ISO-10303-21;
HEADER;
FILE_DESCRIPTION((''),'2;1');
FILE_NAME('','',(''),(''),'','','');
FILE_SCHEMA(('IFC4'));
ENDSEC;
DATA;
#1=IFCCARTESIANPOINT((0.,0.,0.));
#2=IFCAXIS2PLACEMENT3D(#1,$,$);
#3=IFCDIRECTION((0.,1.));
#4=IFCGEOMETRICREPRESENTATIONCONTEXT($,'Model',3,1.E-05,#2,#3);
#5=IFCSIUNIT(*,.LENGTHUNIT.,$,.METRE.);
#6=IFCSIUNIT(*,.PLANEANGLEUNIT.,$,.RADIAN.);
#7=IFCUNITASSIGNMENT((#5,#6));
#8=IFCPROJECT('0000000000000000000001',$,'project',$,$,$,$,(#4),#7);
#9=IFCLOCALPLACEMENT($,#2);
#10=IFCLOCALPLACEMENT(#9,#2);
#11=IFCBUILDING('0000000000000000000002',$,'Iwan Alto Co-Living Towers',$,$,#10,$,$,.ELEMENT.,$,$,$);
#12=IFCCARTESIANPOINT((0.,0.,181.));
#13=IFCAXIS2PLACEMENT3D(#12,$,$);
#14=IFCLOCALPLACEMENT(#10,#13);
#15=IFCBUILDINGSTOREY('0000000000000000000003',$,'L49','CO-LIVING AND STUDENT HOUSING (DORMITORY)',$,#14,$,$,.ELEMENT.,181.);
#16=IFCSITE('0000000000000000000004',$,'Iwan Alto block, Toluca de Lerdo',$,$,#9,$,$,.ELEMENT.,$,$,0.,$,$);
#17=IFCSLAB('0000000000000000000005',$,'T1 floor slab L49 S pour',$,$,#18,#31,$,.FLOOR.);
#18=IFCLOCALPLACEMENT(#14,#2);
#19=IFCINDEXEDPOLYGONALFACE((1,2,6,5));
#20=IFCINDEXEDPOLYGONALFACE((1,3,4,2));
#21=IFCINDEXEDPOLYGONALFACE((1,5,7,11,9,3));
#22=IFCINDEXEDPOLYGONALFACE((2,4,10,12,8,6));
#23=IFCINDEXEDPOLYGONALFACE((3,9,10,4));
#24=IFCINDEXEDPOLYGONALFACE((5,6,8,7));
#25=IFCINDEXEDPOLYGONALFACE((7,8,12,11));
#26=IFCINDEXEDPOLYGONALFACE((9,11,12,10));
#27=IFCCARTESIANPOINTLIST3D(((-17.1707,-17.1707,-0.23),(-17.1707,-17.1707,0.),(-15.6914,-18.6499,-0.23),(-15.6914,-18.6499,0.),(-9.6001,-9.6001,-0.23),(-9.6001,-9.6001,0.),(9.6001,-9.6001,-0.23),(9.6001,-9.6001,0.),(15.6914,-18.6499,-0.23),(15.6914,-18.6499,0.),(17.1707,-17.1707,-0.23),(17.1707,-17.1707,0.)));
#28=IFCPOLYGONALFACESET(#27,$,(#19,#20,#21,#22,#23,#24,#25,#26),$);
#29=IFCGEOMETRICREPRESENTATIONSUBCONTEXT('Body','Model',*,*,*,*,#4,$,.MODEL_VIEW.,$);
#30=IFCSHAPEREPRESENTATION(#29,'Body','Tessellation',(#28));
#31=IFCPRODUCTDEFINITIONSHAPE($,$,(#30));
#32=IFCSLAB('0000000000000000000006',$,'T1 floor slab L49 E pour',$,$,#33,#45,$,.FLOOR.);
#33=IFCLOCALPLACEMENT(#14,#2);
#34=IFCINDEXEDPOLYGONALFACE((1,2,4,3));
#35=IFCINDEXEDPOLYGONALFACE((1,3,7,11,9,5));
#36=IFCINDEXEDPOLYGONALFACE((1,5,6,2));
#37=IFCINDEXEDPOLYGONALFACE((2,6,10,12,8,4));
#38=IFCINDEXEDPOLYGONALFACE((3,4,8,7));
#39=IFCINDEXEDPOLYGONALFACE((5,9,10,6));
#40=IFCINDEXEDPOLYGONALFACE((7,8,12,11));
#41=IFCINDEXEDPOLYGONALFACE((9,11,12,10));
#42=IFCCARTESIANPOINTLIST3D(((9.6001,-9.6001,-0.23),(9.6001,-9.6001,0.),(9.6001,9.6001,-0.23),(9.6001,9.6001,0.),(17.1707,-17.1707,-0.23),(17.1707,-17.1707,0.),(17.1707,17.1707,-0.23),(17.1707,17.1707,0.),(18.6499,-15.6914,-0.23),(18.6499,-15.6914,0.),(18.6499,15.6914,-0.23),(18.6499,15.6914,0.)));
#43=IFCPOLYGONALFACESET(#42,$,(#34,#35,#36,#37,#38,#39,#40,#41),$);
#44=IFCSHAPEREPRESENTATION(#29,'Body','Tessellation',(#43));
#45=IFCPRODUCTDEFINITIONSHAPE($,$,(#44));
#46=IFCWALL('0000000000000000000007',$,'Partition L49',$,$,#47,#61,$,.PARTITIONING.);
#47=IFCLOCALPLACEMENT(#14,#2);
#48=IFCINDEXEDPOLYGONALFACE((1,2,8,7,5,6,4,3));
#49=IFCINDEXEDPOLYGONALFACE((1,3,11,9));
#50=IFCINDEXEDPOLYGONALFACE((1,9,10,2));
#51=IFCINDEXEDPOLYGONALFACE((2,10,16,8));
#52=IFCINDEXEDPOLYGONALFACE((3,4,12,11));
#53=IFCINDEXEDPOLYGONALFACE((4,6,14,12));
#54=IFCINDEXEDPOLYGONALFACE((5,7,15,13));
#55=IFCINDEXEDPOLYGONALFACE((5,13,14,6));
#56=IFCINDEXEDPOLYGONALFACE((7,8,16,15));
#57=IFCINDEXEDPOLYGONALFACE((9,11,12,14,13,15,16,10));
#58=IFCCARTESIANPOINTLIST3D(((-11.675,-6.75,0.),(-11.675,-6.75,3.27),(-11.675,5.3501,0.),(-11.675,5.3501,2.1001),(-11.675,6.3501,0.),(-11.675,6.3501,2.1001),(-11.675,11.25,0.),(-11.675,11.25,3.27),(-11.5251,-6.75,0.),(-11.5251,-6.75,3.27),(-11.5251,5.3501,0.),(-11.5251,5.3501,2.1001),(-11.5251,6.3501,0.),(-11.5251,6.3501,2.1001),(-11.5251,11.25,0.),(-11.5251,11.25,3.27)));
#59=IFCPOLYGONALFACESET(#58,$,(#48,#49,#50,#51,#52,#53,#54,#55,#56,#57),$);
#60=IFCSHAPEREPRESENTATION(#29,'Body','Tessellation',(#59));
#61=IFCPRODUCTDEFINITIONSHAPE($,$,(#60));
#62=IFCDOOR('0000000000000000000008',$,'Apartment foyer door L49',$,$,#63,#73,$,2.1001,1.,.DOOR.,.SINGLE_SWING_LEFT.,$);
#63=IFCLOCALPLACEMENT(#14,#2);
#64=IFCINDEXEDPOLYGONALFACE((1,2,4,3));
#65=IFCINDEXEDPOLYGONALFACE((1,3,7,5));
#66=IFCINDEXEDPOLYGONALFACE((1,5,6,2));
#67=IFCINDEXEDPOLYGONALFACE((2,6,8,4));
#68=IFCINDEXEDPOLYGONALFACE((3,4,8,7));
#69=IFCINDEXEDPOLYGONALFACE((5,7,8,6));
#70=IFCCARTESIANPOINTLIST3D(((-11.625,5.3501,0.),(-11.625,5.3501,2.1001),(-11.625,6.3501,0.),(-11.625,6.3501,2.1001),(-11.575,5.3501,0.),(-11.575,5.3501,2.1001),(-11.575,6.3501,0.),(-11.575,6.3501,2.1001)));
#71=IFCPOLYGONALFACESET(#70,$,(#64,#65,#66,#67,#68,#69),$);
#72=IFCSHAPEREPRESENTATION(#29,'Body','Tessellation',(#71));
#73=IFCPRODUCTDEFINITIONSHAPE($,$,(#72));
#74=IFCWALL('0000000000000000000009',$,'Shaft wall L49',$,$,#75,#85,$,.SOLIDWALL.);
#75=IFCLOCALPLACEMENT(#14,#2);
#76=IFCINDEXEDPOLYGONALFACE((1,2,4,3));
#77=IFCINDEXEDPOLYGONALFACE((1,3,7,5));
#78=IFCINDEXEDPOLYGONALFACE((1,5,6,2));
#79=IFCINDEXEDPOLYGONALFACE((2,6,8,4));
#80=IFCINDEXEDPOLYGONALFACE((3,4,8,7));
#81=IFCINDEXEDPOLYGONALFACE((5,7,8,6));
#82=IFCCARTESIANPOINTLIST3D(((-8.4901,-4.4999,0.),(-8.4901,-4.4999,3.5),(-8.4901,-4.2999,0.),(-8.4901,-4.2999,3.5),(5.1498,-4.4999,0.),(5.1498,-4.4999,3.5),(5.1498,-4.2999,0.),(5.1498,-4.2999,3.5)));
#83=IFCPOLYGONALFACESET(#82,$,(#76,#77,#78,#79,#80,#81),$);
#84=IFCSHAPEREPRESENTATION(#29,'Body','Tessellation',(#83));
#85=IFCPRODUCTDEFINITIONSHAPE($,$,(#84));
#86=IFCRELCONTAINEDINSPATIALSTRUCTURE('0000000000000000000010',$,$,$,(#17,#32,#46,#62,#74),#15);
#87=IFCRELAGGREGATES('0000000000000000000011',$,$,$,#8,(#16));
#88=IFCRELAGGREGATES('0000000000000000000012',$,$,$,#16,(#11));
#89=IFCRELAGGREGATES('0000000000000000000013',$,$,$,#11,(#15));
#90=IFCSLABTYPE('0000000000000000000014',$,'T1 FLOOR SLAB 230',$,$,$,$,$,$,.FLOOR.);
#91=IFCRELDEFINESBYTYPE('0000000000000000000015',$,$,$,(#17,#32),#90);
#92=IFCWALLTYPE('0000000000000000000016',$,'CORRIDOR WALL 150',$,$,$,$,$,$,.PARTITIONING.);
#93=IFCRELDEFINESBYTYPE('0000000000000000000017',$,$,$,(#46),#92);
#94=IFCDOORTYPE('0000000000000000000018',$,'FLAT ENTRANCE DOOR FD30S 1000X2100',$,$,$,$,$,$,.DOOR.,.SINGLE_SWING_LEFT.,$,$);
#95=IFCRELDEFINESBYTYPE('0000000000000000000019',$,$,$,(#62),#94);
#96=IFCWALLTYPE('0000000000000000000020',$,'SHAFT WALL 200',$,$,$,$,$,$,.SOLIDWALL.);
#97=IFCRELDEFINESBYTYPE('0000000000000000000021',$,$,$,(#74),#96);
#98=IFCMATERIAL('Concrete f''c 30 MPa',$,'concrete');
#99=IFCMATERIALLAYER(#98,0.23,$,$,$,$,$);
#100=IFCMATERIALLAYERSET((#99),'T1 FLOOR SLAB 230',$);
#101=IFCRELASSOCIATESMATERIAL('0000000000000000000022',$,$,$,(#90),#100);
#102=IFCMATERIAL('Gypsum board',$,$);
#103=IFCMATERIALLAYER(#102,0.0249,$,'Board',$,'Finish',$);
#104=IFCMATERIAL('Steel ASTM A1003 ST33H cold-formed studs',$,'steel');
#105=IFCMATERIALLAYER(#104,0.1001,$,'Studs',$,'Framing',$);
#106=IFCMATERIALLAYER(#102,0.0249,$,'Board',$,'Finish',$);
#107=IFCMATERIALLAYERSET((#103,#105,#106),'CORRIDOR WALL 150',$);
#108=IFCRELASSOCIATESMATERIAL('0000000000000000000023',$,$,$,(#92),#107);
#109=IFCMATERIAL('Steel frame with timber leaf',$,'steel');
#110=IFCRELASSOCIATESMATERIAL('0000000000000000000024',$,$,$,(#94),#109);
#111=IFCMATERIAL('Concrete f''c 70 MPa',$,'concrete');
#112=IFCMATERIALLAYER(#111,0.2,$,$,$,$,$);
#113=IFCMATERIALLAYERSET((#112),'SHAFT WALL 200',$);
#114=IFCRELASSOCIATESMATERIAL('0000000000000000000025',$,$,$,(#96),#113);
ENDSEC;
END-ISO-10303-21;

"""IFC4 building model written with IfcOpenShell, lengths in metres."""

from ifc_helpers import new_model, si_unit, direction, frame, frame_2d, origin, place, context, subcontext, project, spatial, polyline, rectangle, outline, extrude, material, layer, layer_set, type_object, element, fill, save


model = new_model("IFC4")

# Units and contexts
model_context = context("Model", 3, precision=1e-05, world=origin(), true_north=direction((0.0, 1.0)))
body_context = subcontext(model_context, "Body", "Model", "MODEL_VIEW")
ifc_project = project(units=[si_unit("LENGTHUNIT", "METRE"), si_unit("PLANEANGLEUNIT", "RADIAN")], contexts=[model_context])

# Site, building, storey
site_placement = place(None, origin())
site = spatial("IfcSite", under=ifc_project, at=site_placement, Name="Iwan Alto block, Toluca de Lerdo", CompositionType="ELEMENT", RefElevation=0.0)
building_placement = place(site_placement, origin())
building = spatial("IfcBuilding", under=site, at=building_placement, Name="Iwan Alto Co-Living Towers", CompositionType="ELEMENT")
storey_placement = place(building_placement, frame((0.0, 0.0, 181.0)))
storey = spatial("IfcBuildingStorey", under=building, at=storey_placement, Name="L49", Description="CO-LIVING AND STUDENT HOUSING (DORMITORY)", CompositionType="ELEMENT", Elevation=181.0)

# Slabs
ifc_material_1 = material(Name="Concrete f'c 30 MPa", Category="concrete")
ifc_layer_1 = layer(ifc_material_1, 0.23)
ifc_layer_set_1 = layer_set([ifc_layer_1], Name="T1 FLOOR SLAB 230")
slab_type = type_object("IfcSlabType", Name="T1 FLOOR SLAB 230", PredefinedType="FLOOR", material=ifc_layer_set_1)
slab_1_placement = place(storey_placement, frame((0.0, 0.0, -0.23)))
element("IfcSlab", 1, at=slab_1_placement, inside=storey, type_object=slab_type, Name="T1 floor slab L49 S pour", PredefinedType="FLOOR", context=body_context, shape_type="SweptSolid", body=[
    extrude(outline(polyline([(15.6914, -18.6499), (-15.6914, -18.6499), (-17.1707, -17.1707), (-9.6001, -9.6001), (9.6001, -9.6001), (17.1707, -17.1707), (15.6914, -18.6499)])), origin(), (0.0, 0.0, 1.0), 0.23),
])
slab_2_placement = place(storey_placement, frame((0.0, 0.0, -0.23)))
element("IfcSlab", 2, at=slab_2_placement, inside=storey, type_object=slab_type, Name="T1 floor slab L49 E pour", PredefinedType="FLOOR", context=body_context, shape_type="SweptSolid", body=[
    extrude(outline(polyline([(18.6499, 15.6914), (18.6499, -15.6914), (17.1707, -17.1707), (9.6001, -9.6001), (9.6001, 9.6001), (17.1707, 17.1707), (18.6499, 15.6914)])), origin(), (0.0, 0.0, 1.0), 0.23),
])

# Wall, opening, door
ifc_material_2 = material(Name="Gypsum board")
ifc_layer_2 = layer(ifc_material_2, 0.0249, Name="Board", Category="Finish")
ifc_material_3 = material(Name="Steel ASTM A1003 ST33H cold-formed studs", Category="steel")
ifc_layer_3 = layer(ifc_material_3, 0.1001, Name="Studs", Category="Framing")
ifc_layer_4 = layer(ifc_material_2, 0.0249, Name="Board", Category="Finish")
ifc_layer_set_2 = layer_set([ifc_layer_2, ifc_layer_3, ifc_layer_4], Name="CORRIDOR WALL 150")
wall_type_1 = type_object("IfcWallType", Name="CORRIDOR WALL 150", PredefinedType="PARTITIONING", material=ifc_layer_set_2)
wall_1_placement = place(storey_placement, frame((-11.6001, -6.75, 0.0), z_axis=(0.0, 0.0, 1.0), x_axis=(0.0, 1.0, 0.0)))
wall_1 = element("IfcWall", 3, at=wall_1_placement, inside=storey, type_object=wall_type_1, Name="Partition L49", PredefinedType="PARTITIONING", context=body_context, shape_type="SweptSolid", body=[
    extrude(rectangle(XDim=18.0, YDim=0.1499, at=frame_2d((9.0, 0.0))), origin(), (0.0, 0.0, 1.0), 3.27),
])
opening_1_placement = place(wall_1_placement, frame((12.1001, 0.0, 0.0)))
opening_1 = element("IfcOpeningElement", 4, at=opening_1_placement, cuts=wall_1, PredefinedType="OPENING", context=body_context, shape_type="SweptSolid", body=[
    extrude(rectangle(XDim=1.0, YDim=2.1001, at=frame_2d((0.5, 1.05))), frame((0.0, 0.085, 0.0), z_axis=(0.0, -1.0, 0.0), x_axis=(1.0, 0.0, 0.0)), (0.0, 0.0, 1.0), 0.1699),
])
ifc_material_4 = material(Name="Steel frame with timber leaf", Category="steel")
door_type_1 = type_object("IfcDoorType", Name="FLAT ENTRANCE DOOR FD30S 1000X2100", OperationType="SINGLE_SWING_LEFT", PredefinedType="DOOR", material=ifc_material_4)
door_1_placement = place(opening_1_placement, origin())
door_1 = element("IfcDoor", 5, at=door_1_placement, inside=storey, type_object=door_type_1, Name="Apartment foyer door L49", OperationType="SINGLE_SWING_LEFT", OverallHeight=2.1001, OverallWidth=1.0, PredefinedType="DOOR", context=body_context, shape_type="SweptSolid", body=[
    extrude(rectangle(XDim=1.0, YDim=2.1001, at=frame_2d((0.5, 1.05))), frame((0.0, 0.0249, 0.0), z_axis=(0.0, -1.0, 0.0), x_axis=(1.0, 0.0, 0.0)), (0.0, 0.0, 1.0), 0.05),
])
fill(opening_1, door_1)

# Wall
ifc_material_5 = material(Name="Concrete f'c 70 MPa", Category="concrete")
ifc_layer_5 = layer(ifc_material_5, 0.2)
ifc_layer_set_3 = layer_set([ifc_layer_5], Name="SHAFT WALL 200")
wall_type_2 = type_object("IfcWallType", Name="SHAFT WALL 200", PredefinedType="SOLIDWALL", material=ifc_layer_set_3)
wall_2_placement = place(storey_placement, frame((-8.49, -4.3999, 0.0), z_axis=(0.0, 0.0, 1.0), x_axis=(1.0, 0.0, 0.0)))
element("IfcWall", 6, at=wall_2_placement, inside=storey, type_object=wall_type_2, Name="Shaft wall L49", PredefinedType="SOLIDWALL", context=body_context, shape_type="SweptSolid", body=[
    extrude(rectangle(XDim=13.6399, YDim=0.2, at=frame_2d((6.8198, 0.0))), origin(), (0.0, 0.0, 1.0), 3.5),
])

save(model, "model.ifc")
